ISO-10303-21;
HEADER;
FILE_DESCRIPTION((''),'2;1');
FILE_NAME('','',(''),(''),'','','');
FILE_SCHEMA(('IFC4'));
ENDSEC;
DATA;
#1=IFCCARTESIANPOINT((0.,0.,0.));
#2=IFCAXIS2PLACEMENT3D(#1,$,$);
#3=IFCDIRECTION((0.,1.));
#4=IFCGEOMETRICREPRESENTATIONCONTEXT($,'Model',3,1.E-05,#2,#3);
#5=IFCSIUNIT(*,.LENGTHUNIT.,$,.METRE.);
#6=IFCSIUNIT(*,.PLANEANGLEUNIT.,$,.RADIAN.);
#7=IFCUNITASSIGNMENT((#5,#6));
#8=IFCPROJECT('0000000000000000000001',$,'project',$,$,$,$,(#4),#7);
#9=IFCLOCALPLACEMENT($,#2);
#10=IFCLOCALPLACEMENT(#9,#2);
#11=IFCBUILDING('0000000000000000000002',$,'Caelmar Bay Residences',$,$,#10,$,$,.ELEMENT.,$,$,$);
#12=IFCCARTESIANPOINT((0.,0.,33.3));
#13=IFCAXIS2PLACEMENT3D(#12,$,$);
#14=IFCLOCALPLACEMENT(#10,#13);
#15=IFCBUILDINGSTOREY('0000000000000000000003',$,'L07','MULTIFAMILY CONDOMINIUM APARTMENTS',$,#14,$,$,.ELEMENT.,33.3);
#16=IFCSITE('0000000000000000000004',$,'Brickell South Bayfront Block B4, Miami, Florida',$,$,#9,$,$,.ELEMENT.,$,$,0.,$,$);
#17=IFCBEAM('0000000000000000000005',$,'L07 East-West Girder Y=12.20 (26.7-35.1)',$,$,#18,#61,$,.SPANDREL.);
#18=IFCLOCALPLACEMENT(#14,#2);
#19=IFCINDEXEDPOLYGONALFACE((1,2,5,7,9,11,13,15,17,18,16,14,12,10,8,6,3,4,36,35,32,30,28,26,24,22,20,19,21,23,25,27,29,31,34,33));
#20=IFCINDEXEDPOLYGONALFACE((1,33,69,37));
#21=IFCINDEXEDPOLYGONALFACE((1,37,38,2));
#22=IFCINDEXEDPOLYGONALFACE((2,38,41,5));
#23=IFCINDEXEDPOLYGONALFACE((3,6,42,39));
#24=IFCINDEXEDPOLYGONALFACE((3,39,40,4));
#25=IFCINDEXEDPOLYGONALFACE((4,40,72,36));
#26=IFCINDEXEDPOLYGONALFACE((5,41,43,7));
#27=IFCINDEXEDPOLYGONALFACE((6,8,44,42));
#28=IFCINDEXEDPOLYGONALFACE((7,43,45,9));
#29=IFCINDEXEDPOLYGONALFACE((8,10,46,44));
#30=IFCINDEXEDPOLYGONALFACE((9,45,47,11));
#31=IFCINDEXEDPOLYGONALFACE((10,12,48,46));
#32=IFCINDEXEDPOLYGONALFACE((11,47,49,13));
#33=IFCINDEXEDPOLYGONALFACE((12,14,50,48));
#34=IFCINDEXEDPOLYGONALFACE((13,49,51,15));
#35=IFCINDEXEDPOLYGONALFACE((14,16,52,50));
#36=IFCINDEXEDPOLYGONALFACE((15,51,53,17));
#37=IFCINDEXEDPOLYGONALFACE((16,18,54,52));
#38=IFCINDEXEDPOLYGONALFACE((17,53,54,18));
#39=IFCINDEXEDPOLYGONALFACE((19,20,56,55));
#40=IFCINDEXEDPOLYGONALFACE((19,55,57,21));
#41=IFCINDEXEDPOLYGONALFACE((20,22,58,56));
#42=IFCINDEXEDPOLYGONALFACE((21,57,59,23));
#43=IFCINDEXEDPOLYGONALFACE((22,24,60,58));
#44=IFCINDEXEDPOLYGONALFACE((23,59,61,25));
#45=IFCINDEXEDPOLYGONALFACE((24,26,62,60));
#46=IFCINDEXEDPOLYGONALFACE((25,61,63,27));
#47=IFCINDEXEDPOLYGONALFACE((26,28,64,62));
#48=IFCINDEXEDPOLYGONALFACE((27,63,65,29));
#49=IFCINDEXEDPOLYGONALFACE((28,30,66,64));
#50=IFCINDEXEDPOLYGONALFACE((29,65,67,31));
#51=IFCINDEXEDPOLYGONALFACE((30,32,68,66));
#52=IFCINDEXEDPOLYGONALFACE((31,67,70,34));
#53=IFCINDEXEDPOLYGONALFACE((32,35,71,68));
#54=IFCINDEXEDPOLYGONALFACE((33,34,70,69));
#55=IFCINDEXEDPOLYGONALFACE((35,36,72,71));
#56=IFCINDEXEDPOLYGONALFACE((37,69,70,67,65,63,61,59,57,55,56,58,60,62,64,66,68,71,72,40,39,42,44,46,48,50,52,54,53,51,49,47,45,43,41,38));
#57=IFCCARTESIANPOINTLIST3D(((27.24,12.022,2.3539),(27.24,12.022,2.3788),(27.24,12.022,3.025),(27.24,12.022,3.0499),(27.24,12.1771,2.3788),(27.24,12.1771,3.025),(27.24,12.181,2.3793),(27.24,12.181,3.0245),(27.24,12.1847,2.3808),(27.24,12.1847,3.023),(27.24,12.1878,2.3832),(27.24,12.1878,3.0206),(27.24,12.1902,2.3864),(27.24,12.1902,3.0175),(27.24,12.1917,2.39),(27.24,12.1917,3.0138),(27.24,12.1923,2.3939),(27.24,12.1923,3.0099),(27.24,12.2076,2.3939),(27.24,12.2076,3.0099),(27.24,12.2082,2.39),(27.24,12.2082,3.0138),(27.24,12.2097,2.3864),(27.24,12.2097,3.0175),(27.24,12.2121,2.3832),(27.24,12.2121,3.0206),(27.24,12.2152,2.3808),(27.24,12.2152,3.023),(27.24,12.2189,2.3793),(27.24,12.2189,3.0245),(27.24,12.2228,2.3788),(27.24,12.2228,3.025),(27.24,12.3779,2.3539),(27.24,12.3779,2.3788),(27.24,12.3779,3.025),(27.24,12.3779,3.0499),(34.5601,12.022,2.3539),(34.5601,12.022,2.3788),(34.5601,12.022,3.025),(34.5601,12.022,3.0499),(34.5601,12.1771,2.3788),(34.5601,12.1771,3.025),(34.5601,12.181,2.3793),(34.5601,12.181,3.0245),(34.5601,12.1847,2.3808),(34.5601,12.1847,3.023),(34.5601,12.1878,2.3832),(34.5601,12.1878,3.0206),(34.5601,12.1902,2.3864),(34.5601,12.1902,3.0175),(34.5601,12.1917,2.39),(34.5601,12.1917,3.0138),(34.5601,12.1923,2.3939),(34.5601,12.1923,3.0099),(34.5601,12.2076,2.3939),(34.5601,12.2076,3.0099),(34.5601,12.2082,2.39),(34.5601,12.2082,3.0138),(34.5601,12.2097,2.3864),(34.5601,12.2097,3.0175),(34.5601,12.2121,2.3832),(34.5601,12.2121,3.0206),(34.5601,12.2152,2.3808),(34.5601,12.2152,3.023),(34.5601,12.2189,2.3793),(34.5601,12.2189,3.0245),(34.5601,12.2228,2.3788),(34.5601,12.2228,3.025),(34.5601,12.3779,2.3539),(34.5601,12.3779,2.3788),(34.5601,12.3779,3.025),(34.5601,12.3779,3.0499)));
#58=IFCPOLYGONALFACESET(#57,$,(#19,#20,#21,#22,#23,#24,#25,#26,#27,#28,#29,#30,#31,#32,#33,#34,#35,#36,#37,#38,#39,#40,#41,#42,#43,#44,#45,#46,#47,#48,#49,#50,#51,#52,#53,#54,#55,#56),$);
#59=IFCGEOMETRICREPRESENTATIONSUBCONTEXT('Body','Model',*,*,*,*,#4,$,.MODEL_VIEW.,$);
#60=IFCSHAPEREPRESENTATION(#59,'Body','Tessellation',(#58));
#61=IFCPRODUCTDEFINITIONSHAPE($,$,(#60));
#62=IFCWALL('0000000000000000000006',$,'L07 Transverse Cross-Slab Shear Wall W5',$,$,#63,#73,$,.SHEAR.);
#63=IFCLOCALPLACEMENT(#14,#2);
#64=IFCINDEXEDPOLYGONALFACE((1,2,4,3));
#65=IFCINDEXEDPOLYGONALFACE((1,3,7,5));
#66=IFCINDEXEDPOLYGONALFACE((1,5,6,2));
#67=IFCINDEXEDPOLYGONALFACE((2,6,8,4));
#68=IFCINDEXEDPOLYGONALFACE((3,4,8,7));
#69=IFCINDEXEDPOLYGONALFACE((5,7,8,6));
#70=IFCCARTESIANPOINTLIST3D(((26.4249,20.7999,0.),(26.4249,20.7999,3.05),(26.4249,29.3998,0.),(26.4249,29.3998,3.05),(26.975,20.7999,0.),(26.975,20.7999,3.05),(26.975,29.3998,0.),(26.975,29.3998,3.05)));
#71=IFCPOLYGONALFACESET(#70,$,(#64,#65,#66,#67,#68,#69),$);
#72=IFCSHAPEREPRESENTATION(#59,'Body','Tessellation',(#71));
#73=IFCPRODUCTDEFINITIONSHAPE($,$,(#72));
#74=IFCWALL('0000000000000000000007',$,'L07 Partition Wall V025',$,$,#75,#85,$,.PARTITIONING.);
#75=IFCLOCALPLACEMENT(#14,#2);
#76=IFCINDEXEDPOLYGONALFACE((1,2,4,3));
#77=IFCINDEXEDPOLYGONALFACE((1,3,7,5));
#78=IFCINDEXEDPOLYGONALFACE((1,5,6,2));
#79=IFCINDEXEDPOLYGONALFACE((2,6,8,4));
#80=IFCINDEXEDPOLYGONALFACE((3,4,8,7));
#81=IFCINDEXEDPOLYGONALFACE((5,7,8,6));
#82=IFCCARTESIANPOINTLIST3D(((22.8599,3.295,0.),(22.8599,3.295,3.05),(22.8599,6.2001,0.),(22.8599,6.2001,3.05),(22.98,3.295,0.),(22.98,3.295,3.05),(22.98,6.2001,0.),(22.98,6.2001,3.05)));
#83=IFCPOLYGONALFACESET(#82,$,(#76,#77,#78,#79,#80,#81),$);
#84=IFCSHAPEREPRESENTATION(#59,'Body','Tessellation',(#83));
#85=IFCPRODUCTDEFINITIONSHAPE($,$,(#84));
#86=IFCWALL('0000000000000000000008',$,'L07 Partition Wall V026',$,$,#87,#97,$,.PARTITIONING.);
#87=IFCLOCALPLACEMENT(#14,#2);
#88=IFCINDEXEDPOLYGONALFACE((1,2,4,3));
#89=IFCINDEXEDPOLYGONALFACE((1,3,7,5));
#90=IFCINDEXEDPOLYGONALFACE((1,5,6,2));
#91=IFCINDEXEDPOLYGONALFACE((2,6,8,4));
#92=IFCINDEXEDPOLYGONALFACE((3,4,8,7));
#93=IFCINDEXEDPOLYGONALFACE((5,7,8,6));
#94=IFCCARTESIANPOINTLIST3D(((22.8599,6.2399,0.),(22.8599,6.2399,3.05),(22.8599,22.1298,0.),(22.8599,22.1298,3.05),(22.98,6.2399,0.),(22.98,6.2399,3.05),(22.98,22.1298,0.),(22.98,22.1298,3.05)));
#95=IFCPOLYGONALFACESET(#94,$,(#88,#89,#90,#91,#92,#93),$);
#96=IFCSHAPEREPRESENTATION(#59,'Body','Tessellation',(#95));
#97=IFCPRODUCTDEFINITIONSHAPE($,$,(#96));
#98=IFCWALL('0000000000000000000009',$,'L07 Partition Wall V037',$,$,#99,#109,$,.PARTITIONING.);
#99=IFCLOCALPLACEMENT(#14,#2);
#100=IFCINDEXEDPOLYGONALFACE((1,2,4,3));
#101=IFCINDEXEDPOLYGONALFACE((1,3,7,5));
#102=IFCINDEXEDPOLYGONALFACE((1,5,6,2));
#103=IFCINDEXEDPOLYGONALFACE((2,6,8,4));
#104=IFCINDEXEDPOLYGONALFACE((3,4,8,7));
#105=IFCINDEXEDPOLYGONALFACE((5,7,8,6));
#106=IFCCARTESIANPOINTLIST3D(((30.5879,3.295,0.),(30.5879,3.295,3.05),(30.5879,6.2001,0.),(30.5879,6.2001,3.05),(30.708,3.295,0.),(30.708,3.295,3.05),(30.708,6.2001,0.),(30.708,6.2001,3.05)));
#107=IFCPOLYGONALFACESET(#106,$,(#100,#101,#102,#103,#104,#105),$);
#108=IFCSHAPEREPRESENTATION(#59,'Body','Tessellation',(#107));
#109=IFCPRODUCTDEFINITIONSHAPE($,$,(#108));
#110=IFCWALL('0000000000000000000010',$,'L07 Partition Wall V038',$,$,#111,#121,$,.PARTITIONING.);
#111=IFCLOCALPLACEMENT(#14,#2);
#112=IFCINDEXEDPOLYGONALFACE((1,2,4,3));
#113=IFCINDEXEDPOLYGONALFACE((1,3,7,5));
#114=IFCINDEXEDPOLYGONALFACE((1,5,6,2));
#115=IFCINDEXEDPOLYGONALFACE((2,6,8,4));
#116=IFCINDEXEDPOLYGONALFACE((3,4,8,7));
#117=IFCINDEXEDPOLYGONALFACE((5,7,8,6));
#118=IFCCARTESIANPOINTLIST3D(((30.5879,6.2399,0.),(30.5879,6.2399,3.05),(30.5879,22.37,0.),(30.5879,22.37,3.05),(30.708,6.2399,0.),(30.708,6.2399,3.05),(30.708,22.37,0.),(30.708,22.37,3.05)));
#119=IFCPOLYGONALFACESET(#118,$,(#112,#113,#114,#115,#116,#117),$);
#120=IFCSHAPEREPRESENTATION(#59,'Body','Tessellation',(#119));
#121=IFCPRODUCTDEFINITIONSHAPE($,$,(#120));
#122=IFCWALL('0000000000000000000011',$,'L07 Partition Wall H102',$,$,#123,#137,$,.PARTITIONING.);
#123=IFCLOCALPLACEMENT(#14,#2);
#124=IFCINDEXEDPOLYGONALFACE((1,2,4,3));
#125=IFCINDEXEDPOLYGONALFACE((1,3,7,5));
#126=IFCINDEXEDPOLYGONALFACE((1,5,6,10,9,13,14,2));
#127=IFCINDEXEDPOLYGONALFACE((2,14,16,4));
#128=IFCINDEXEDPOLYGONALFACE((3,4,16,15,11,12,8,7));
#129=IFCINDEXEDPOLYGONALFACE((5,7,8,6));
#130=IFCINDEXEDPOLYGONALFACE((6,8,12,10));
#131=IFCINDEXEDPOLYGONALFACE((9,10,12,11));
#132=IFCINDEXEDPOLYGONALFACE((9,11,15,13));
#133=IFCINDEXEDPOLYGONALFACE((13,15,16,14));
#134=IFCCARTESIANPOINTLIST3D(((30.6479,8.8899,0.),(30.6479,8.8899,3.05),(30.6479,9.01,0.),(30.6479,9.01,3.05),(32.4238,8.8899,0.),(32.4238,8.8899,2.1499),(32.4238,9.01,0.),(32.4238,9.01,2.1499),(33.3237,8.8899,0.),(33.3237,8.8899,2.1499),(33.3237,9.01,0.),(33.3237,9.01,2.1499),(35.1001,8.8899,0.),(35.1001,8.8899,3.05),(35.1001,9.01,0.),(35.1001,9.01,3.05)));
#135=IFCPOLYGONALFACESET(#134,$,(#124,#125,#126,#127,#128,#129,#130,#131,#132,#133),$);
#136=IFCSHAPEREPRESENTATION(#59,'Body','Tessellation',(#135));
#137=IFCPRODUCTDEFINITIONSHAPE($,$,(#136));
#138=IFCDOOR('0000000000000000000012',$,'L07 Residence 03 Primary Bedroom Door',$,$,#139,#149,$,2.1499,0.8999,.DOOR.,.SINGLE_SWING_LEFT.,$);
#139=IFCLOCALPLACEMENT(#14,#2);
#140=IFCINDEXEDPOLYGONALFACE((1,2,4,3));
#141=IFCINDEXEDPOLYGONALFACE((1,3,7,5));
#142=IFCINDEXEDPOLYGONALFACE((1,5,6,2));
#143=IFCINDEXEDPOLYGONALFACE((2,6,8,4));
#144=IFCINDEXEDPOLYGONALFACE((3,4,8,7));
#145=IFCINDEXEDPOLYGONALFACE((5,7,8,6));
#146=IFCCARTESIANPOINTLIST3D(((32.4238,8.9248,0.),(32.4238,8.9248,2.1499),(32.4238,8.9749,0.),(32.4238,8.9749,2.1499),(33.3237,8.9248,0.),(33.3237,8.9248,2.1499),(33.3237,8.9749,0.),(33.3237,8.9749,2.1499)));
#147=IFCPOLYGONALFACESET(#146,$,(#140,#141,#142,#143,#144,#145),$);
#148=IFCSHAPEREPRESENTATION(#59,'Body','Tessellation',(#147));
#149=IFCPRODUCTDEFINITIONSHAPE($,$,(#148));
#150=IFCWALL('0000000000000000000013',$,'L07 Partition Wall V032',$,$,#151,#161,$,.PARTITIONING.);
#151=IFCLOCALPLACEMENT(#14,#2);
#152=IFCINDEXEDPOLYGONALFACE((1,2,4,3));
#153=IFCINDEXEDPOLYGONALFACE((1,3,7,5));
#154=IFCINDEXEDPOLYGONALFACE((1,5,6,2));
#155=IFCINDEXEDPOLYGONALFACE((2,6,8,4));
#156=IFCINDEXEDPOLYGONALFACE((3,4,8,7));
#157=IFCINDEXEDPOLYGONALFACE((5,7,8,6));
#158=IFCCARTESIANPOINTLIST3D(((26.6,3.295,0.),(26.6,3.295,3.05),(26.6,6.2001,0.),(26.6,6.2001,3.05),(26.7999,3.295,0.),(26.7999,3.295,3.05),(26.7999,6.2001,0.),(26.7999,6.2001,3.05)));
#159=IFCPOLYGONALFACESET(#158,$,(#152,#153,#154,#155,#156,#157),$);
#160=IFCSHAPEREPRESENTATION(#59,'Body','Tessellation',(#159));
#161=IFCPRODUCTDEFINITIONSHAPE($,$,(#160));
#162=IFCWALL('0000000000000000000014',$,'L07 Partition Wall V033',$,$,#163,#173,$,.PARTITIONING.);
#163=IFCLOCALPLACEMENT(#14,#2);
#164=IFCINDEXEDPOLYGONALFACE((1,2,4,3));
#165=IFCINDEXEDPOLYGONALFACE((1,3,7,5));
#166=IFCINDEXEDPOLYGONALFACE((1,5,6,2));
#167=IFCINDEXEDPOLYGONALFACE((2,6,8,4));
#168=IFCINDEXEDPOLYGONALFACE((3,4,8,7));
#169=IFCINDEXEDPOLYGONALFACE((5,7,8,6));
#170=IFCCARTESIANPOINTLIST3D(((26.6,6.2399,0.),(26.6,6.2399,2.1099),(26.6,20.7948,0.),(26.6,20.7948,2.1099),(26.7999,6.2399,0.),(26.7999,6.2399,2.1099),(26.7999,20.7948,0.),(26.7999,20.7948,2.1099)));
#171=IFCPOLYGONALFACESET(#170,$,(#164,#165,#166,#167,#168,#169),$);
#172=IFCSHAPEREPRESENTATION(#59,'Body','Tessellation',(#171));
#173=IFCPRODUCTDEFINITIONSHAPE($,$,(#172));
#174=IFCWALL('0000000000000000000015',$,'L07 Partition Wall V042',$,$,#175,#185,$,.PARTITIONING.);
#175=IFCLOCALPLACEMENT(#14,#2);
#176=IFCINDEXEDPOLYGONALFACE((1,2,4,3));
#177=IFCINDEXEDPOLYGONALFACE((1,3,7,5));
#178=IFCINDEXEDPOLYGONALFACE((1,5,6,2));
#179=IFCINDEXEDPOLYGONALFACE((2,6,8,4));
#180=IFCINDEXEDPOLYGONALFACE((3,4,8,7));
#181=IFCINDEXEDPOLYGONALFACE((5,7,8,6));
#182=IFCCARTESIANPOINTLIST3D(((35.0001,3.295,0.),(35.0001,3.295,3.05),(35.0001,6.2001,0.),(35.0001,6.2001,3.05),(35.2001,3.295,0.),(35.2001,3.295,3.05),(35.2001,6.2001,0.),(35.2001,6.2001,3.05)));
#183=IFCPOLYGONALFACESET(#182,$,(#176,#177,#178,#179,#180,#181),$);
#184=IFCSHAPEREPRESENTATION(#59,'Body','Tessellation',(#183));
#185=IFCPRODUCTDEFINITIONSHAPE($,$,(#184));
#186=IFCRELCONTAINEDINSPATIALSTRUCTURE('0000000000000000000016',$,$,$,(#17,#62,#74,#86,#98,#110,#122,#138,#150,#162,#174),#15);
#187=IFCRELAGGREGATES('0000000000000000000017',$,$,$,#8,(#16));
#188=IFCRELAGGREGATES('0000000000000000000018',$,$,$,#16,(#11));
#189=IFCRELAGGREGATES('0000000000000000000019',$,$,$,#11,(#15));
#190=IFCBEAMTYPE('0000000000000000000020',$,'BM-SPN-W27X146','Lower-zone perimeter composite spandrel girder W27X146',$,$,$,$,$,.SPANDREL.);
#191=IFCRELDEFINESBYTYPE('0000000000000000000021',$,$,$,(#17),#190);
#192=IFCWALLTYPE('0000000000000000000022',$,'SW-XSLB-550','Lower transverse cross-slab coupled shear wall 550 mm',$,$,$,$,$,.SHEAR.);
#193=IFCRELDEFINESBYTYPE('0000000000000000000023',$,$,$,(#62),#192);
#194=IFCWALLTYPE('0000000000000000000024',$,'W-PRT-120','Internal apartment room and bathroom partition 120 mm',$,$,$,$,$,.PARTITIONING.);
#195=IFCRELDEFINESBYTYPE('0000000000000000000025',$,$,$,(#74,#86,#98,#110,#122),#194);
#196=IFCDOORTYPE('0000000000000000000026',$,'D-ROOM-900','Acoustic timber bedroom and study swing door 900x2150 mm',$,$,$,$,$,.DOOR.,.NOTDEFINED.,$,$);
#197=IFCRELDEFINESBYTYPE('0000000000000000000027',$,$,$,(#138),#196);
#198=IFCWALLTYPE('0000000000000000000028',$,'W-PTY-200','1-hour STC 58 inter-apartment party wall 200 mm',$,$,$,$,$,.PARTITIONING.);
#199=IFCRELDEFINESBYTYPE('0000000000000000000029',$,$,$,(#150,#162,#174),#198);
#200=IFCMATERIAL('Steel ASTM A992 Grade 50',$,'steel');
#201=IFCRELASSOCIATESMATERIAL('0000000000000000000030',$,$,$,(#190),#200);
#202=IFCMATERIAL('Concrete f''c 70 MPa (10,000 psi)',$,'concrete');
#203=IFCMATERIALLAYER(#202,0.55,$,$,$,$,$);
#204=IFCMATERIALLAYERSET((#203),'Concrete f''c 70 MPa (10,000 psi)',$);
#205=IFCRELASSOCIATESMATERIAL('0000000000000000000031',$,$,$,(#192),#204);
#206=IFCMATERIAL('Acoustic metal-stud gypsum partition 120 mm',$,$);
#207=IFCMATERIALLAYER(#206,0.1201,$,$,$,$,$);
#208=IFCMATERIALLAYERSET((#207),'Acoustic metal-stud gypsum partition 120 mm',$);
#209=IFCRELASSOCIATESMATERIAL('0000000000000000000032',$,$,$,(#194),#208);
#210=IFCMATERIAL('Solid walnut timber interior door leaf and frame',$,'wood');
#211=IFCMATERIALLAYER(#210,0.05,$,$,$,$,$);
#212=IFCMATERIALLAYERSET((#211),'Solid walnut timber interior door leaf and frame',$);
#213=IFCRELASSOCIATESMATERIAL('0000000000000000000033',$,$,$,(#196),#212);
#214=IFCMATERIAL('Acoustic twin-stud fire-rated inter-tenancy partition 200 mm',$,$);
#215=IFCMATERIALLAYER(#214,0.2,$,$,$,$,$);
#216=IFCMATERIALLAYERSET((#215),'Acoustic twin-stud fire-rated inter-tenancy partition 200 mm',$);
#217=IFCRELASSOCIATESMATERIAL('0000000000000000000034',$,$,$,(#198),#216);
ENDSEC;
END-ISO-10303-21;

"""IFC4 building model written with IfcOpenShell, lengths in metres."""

from ifc_helpers import new_model, si_unit, direction, frame, frame_2d, origin, origin_2d, place, context, subcontext, project, spatial, rectangle, i_section, extrude, material, layer, layer_set, material_profile, profile_set, type_object, element, fill, save


model = new_model("IFC4")

# Units and contexts
model_context = context("Model", 3, precision=1e-05, world=origin(), true_north=direction((0.0, 1.0)))
body_context = subcontext(model_context, "Body", "Model", "MODEL_VIEW")
ifc_project = project(units=[si_unit("LENGTHUNIT", "METRE"), si_unit("PLANEANGLEUNIT", "RADIAN")], contexts=[model_context])

# Site, building, storey
site_placement = place(None, origin())
site = spatial("IfcSite", under=ifc_project, at=site_placement, Name="Brickell South Bayfront Block B4, Miami, Florida", CompositionType="ELEMENT", RefElevation=0.0)
building_placement = place(site_placement, origin())
building = spatial("IfcBuilding", under=site, at=building_placement, Name="Caelmar Bay Residences", CompositionType="ELEMENT")
storey_placement = place(building_placement, frame((0.0, 0.0, 33.3)))
storey = spatial("IfcBuildingStorey", under=building, at=storey_placement, Name="L07", Description="MULTIFAMILY CONDOMINIUM APARTMENTS", CompositionType="ELEMENT", Elevation=33.3)

# Shared definitions
ifc_material_1 = material(Name="Concrete f'c 70 MPa (10,000 psi)", Category="concrete")

# Beam
ifc_material_2 = material(Name="Steel ASTM A992 Grade 50", Category="steel")
ifc_material_profile_1 = material_profile(ifc_material_2, i_section(OverallWidth=0.356, OverallDepth=0.696, WebThickness=0.0154, FlangeThickness=0.0249, FilletRadius=0.0151, at=origin_2d()), Name="W27X146")
ifc_profile_set_1 = profile_set([ifc_material_profile_1], Name="Steel ASTM A992 Grade 50")
beam_type_1 = type_object("IfcBeamType", Name="BM-SPN-W27X146", Description="Lower-zone perimeter composite spandrel girder W27X146", PredefinedType="SPANDREL", material=ifc_profile_set_1)
beam_1_placement = place(storey_placement, frame((27.24, 12.2, 2.7019), z_axis=(1.0, 0.0, 0.0), x_axis=(0.0, 1.0, 0.0)))
element("IfcBeam", 1, at=beam_1_placement, inside=storey, type_object=beam_type_1, Name="L07 East-West Girder Y=12.20 (26.7-35.1)", PredefinedType="SPANDREL", context=body_context, shape_type="SweptSolid", body=[
    extrude(i_section(OverallWidth=0.356, OverallDepth=0.696, WebThickness=0.0154, FlangeThickness=0.0249, FilletRadius=0.0151, at=origin_2d()), origin(), (0.0, 0.0, 1.0), 7.3201),
])

# Walls
ifc_layer_1 = layer(ifc_material_1, 0.55)
ifc_layer_set_1 = layer_set([ifc_layer_1], Name="Concrete f'c 70 MPa (10,000 psi)")
wall_type_1 = type_object("IfcWallType", Name="SW-XSLB-550", Description="Lower transverse cross-slab coupled shear wall 550 mm", PredefinedType="SHEAR", material=ifc_layer_set_1)
wall_1_placement = place(storey_placement, frame((26.7, 20.8, 0.0), z_axis=(0.0, 0.0, 1.0), x_axis=(0.0, 1.0, 0.0)))
element("IfcWall", 2, at=wall_1_placement, inside=storey, type_object=wall_type_1, Name="L07 Transverse Cross-Slab Shear Wall W5", PredefinedType="SHEAR", context=body_context, shape_type="SweptSolid", body=[
    extrude(rectangle(XDim=8.5999, YDim=0.55, at=frame_2d((4.2998, 0.0))), origin(), (0.0, 0.0, 1.0), 3.05),
])
ifc_material_3 = material(Name="Acoustic metal-stud gypsum partition 120 mm")
ifc_layer_2 = layer(ifc_material_3, 0.1201)
ifc_layer_set_2 = layer_set([ifc_layer_2], Name="Acoustic metal-stud gypsum partition 120 mm")
wall_type_2 = type_object("IfcWallType", Name="W-PRT-120", Description="Internal apartment room and bathroom partition 120 mm", PredefinedType="PARTITIONING", material=ifc_layer_set_2)
wall_2_placement = place(storey_placement, frame((22.9199, 3.2949, 0.0), z_axis=(0.0, 0.0, 1.0), x_axis=(0.0, 1.0, 0.0)))
element("IfcWall", 3, at=wall_2_placement, inside=storey, type_object=wall_type_2, Name="L07 Partition Wall V025", PredefinedType="PARTITIONING", context=body_context, shape_type="SweptSolid", body=[
    extrude(rectangle(XDim=2.905, YDim=0.1201, at=frame_2d((1.4526, 0.0))), origin(), (0.0, 0.0, 1.0), 3.05),
])
wall_3_placement = place(storey_placement, frame((22.9199, 6.24, 0.0), z_axis=(0.0, 0.0, 1.0), x_axis=(0.0, 1.0, 0.0)))
element("IfcWall", 4, at=wall_3_placement, inside=storey, type_object=wall_type_2, Name="L07 Partition Wall V026", PredefinedType="PARTITIONING", context=body_context, shape_type="SweptSolid", body=[
    extrude(rectangle(XDim=15.8899, YDim=0.1201, at=frame_2d((7.9448, 0.0))), origin(), (0.0, 0.0, 1.0), 3.05),
])
wall_4_placement = place(storey_placement, frame((30.6479, 3.2949, 0.0), z_axis=(0.0, 0.0, 1.0), x_axis=(0.0, 1.0, 0.0)))
element("IfcWall", 5, at=wall_4_placement, inside=storey, type_object=wall_type_2, Name="L07 Partition Wall V037", PredefinedType="PARTITIONING", context=body_context, shape_type="SweptSolid", body=[
    extrude(rectangle(XDim=2.905, YDim=0.1201, at=frame_2d((1.4526, 0.0))), origin(), (0.0, 0.0, 1.0), 3.05),
])
wall_5_placement = place(storey_placement, frame((30.6479, 6.24, 0.0), z_axis=(0.0, 0.0, 1.0), x_axis=(0.0, 1.0, 0.0)))
element("IfcWall", 6, at=wall_5_placement, inside=storey, type_object=wall_type_2, Name="L07 Partition Wall V038", PredefinedType="PARTITIONING", context=body_context, shape_type="SweptSolid", body=[
    extrude(rectangle(XDim=16.1301, YDim=0.1201, at=frame_2d((8.0649, 0.0))), origin(), (0.0, 0.0, 1.0), 3.05),
])

# Wall, opening, door
ifc_material_4 = material(Name="Solid walnut timber interior door leaf and frame", Category="wood")
ifc_layer_3 = layer(ifc_material_4, 0.05)
ifc_layer_set_3 = layer_set([ifc_layer_3], Name="Solid walnut timber interior door leaf and frame")
door_type = type_object("IfcDoorType", Name="D-ROOM-900", Description="Acoustic timber bedroom and study swing door 900x2150 mm", OperationType="NOTDEFINED", PredefinedType="DOOR", material=ifc_layer_set_3)
wall_6_placement = place(storey_placement, frame((30.6479, 8.95, 0.0), z_axis=(0.0, 0.0, 1.0), x_axis=(1.0, 0.0, 0.0)))
wall_6 = element("IfcWall", 7, at=wall_6_placement, inside=storey, type_object=wall_type_2, Name="L07 Partition Wall H102", PredefinedType="PARTITIONING", context=body_context, shape_type="SweptSolid", body=[
    extrude(rectangle(XDim=4.4521, YDim=0.1201, at=frame_2d((2.2261, 0.0))), origin(), (0.0, 0.0, 1.0), 3.05),
])
opening_1_placement = place(wall_6_placement, frame((1.7759, 0.0, 0.0)))
opening_1 = element("IfcOpeningElement", 8, at=opening_1_placement, cuts=wall_6, PredefinedType="OPENING", context=body_context, shape_type="SweptSolid", body=[
    extrude(rectangle(XDim=0.8999, YDim=2.1499, at=frame_2d((0.45, 1.075))), frame((0.0, 0.0701, 0.0), z_axis=(0.0, -1.0, 0.0), x_axis=(1.0, 0.0, 0.0)), (0.0, 0.0, 1.0), 0.1401),
])
door_1_placement = place(opening_1_placement, origin())
door_1 = element("IfcDoor", 9, at=door_1_placement, inside=storey, type_object=door_type, Name="L07 Residence 03 Primary Bedroom Door", OperationType="SINGLE_SWING_LEFT", OverallHeight=2.1499, OverallWidth=0.8999, PredefinedType="DOOR", context=body_context, shape_type="SweptSolid", body=[
    extrude(rectangle(XDim=0.8999, YDim=2.1499, at=frame_2d((0.45, 1.075))), frame((0.0, 0.0249, 0.0), z_axis=(0.0, -1.0, 0.0), x_axis=(1.0, 0.0, 0.0)), (0.0, 0.0, 1.0), 0.05),
])
fill(opening_1, door_1)

# Walls
ifc_material_5 = material(Name="Acoustic twin-stud fire-rated inter-tenancy partition 200 mm")
ifc_layer_4 = layer(ifc_material_5, 0.2)
ifc_layer_set_4 = layer_set([ifc_layer_4], Name="Acoustic twin-stud fire-rated inter-tenancy partition 200 mm")
wall_type_3 = type_object("IfcWallType", Name="W-PTY-200", Description="1-hour STC 58 inter-apartment party wall 200 mm", PredefinedType="PARTITIONING", material=ifc_layer_set_4)
wall_7_placement = place(storey_placement, frame((26.7, 3.2949, 0.0), z_axis=(0.0, 0.0, 1.0), x_axis=(0.0, 1.0, 0.0)))
element("IfcWall", 10, at=wall_7_placement, inside=storey, type_object=wall_type_3, Name="L07 Partition Wall V032", PredefinedType="PARTITIONING", context=body_context, shape_type="SweptSolid", body=[
    extrude(rectangle(XDim=2.905, YDim=0.2, at=frame_2d((1.4526, 0.0))), origin(), (0.0, 0.0, 1.0), 3.05),
])
wall_8_placement = place(storey_placement, frame((26.7, 6.24, 0.0), z_axis=(0.0, 0.0, 1.0), x_axis=(0.0, 1.0, 0.0)))
element("IfcWall", 11, at=wall_8_placement, inside=storey, type_object=wall_type_3, Name="L07 Partition Wall V033", PredefinedType="PARTITIONING", context=body_context, shape_type="SweptSolid", body=[
    extrude(rectangle(XDim=14.5549, YDim=0.2, at=frame_2d((7.2773, 0.0))), origin(), (0.0, 0.0, 1.0), 2.1099),
])
wall_9_placement = place(storey_placement, frame((35.1001, 3.2949, 0.0), z_axis=(0.0, 0.0, 1.0), x_axis=(0.0, 1.0, 0.0)))
element("IfcWall", 12, at=wall_9_placement, inside=storey, type_object=wall_type_3, Name="L07 Partition Wall V042", PredefinedType="PARTITIONING", context=body_context, shape_type="SweptSolid", body=[
    extrude(rectangle(XDim=2.905, YDim=0.2, at=frame_2d((1.4526, 0.0))), origin(), (0.0, 0.0, 1.0), 3.05),
])

save(model, "model.ifc")
